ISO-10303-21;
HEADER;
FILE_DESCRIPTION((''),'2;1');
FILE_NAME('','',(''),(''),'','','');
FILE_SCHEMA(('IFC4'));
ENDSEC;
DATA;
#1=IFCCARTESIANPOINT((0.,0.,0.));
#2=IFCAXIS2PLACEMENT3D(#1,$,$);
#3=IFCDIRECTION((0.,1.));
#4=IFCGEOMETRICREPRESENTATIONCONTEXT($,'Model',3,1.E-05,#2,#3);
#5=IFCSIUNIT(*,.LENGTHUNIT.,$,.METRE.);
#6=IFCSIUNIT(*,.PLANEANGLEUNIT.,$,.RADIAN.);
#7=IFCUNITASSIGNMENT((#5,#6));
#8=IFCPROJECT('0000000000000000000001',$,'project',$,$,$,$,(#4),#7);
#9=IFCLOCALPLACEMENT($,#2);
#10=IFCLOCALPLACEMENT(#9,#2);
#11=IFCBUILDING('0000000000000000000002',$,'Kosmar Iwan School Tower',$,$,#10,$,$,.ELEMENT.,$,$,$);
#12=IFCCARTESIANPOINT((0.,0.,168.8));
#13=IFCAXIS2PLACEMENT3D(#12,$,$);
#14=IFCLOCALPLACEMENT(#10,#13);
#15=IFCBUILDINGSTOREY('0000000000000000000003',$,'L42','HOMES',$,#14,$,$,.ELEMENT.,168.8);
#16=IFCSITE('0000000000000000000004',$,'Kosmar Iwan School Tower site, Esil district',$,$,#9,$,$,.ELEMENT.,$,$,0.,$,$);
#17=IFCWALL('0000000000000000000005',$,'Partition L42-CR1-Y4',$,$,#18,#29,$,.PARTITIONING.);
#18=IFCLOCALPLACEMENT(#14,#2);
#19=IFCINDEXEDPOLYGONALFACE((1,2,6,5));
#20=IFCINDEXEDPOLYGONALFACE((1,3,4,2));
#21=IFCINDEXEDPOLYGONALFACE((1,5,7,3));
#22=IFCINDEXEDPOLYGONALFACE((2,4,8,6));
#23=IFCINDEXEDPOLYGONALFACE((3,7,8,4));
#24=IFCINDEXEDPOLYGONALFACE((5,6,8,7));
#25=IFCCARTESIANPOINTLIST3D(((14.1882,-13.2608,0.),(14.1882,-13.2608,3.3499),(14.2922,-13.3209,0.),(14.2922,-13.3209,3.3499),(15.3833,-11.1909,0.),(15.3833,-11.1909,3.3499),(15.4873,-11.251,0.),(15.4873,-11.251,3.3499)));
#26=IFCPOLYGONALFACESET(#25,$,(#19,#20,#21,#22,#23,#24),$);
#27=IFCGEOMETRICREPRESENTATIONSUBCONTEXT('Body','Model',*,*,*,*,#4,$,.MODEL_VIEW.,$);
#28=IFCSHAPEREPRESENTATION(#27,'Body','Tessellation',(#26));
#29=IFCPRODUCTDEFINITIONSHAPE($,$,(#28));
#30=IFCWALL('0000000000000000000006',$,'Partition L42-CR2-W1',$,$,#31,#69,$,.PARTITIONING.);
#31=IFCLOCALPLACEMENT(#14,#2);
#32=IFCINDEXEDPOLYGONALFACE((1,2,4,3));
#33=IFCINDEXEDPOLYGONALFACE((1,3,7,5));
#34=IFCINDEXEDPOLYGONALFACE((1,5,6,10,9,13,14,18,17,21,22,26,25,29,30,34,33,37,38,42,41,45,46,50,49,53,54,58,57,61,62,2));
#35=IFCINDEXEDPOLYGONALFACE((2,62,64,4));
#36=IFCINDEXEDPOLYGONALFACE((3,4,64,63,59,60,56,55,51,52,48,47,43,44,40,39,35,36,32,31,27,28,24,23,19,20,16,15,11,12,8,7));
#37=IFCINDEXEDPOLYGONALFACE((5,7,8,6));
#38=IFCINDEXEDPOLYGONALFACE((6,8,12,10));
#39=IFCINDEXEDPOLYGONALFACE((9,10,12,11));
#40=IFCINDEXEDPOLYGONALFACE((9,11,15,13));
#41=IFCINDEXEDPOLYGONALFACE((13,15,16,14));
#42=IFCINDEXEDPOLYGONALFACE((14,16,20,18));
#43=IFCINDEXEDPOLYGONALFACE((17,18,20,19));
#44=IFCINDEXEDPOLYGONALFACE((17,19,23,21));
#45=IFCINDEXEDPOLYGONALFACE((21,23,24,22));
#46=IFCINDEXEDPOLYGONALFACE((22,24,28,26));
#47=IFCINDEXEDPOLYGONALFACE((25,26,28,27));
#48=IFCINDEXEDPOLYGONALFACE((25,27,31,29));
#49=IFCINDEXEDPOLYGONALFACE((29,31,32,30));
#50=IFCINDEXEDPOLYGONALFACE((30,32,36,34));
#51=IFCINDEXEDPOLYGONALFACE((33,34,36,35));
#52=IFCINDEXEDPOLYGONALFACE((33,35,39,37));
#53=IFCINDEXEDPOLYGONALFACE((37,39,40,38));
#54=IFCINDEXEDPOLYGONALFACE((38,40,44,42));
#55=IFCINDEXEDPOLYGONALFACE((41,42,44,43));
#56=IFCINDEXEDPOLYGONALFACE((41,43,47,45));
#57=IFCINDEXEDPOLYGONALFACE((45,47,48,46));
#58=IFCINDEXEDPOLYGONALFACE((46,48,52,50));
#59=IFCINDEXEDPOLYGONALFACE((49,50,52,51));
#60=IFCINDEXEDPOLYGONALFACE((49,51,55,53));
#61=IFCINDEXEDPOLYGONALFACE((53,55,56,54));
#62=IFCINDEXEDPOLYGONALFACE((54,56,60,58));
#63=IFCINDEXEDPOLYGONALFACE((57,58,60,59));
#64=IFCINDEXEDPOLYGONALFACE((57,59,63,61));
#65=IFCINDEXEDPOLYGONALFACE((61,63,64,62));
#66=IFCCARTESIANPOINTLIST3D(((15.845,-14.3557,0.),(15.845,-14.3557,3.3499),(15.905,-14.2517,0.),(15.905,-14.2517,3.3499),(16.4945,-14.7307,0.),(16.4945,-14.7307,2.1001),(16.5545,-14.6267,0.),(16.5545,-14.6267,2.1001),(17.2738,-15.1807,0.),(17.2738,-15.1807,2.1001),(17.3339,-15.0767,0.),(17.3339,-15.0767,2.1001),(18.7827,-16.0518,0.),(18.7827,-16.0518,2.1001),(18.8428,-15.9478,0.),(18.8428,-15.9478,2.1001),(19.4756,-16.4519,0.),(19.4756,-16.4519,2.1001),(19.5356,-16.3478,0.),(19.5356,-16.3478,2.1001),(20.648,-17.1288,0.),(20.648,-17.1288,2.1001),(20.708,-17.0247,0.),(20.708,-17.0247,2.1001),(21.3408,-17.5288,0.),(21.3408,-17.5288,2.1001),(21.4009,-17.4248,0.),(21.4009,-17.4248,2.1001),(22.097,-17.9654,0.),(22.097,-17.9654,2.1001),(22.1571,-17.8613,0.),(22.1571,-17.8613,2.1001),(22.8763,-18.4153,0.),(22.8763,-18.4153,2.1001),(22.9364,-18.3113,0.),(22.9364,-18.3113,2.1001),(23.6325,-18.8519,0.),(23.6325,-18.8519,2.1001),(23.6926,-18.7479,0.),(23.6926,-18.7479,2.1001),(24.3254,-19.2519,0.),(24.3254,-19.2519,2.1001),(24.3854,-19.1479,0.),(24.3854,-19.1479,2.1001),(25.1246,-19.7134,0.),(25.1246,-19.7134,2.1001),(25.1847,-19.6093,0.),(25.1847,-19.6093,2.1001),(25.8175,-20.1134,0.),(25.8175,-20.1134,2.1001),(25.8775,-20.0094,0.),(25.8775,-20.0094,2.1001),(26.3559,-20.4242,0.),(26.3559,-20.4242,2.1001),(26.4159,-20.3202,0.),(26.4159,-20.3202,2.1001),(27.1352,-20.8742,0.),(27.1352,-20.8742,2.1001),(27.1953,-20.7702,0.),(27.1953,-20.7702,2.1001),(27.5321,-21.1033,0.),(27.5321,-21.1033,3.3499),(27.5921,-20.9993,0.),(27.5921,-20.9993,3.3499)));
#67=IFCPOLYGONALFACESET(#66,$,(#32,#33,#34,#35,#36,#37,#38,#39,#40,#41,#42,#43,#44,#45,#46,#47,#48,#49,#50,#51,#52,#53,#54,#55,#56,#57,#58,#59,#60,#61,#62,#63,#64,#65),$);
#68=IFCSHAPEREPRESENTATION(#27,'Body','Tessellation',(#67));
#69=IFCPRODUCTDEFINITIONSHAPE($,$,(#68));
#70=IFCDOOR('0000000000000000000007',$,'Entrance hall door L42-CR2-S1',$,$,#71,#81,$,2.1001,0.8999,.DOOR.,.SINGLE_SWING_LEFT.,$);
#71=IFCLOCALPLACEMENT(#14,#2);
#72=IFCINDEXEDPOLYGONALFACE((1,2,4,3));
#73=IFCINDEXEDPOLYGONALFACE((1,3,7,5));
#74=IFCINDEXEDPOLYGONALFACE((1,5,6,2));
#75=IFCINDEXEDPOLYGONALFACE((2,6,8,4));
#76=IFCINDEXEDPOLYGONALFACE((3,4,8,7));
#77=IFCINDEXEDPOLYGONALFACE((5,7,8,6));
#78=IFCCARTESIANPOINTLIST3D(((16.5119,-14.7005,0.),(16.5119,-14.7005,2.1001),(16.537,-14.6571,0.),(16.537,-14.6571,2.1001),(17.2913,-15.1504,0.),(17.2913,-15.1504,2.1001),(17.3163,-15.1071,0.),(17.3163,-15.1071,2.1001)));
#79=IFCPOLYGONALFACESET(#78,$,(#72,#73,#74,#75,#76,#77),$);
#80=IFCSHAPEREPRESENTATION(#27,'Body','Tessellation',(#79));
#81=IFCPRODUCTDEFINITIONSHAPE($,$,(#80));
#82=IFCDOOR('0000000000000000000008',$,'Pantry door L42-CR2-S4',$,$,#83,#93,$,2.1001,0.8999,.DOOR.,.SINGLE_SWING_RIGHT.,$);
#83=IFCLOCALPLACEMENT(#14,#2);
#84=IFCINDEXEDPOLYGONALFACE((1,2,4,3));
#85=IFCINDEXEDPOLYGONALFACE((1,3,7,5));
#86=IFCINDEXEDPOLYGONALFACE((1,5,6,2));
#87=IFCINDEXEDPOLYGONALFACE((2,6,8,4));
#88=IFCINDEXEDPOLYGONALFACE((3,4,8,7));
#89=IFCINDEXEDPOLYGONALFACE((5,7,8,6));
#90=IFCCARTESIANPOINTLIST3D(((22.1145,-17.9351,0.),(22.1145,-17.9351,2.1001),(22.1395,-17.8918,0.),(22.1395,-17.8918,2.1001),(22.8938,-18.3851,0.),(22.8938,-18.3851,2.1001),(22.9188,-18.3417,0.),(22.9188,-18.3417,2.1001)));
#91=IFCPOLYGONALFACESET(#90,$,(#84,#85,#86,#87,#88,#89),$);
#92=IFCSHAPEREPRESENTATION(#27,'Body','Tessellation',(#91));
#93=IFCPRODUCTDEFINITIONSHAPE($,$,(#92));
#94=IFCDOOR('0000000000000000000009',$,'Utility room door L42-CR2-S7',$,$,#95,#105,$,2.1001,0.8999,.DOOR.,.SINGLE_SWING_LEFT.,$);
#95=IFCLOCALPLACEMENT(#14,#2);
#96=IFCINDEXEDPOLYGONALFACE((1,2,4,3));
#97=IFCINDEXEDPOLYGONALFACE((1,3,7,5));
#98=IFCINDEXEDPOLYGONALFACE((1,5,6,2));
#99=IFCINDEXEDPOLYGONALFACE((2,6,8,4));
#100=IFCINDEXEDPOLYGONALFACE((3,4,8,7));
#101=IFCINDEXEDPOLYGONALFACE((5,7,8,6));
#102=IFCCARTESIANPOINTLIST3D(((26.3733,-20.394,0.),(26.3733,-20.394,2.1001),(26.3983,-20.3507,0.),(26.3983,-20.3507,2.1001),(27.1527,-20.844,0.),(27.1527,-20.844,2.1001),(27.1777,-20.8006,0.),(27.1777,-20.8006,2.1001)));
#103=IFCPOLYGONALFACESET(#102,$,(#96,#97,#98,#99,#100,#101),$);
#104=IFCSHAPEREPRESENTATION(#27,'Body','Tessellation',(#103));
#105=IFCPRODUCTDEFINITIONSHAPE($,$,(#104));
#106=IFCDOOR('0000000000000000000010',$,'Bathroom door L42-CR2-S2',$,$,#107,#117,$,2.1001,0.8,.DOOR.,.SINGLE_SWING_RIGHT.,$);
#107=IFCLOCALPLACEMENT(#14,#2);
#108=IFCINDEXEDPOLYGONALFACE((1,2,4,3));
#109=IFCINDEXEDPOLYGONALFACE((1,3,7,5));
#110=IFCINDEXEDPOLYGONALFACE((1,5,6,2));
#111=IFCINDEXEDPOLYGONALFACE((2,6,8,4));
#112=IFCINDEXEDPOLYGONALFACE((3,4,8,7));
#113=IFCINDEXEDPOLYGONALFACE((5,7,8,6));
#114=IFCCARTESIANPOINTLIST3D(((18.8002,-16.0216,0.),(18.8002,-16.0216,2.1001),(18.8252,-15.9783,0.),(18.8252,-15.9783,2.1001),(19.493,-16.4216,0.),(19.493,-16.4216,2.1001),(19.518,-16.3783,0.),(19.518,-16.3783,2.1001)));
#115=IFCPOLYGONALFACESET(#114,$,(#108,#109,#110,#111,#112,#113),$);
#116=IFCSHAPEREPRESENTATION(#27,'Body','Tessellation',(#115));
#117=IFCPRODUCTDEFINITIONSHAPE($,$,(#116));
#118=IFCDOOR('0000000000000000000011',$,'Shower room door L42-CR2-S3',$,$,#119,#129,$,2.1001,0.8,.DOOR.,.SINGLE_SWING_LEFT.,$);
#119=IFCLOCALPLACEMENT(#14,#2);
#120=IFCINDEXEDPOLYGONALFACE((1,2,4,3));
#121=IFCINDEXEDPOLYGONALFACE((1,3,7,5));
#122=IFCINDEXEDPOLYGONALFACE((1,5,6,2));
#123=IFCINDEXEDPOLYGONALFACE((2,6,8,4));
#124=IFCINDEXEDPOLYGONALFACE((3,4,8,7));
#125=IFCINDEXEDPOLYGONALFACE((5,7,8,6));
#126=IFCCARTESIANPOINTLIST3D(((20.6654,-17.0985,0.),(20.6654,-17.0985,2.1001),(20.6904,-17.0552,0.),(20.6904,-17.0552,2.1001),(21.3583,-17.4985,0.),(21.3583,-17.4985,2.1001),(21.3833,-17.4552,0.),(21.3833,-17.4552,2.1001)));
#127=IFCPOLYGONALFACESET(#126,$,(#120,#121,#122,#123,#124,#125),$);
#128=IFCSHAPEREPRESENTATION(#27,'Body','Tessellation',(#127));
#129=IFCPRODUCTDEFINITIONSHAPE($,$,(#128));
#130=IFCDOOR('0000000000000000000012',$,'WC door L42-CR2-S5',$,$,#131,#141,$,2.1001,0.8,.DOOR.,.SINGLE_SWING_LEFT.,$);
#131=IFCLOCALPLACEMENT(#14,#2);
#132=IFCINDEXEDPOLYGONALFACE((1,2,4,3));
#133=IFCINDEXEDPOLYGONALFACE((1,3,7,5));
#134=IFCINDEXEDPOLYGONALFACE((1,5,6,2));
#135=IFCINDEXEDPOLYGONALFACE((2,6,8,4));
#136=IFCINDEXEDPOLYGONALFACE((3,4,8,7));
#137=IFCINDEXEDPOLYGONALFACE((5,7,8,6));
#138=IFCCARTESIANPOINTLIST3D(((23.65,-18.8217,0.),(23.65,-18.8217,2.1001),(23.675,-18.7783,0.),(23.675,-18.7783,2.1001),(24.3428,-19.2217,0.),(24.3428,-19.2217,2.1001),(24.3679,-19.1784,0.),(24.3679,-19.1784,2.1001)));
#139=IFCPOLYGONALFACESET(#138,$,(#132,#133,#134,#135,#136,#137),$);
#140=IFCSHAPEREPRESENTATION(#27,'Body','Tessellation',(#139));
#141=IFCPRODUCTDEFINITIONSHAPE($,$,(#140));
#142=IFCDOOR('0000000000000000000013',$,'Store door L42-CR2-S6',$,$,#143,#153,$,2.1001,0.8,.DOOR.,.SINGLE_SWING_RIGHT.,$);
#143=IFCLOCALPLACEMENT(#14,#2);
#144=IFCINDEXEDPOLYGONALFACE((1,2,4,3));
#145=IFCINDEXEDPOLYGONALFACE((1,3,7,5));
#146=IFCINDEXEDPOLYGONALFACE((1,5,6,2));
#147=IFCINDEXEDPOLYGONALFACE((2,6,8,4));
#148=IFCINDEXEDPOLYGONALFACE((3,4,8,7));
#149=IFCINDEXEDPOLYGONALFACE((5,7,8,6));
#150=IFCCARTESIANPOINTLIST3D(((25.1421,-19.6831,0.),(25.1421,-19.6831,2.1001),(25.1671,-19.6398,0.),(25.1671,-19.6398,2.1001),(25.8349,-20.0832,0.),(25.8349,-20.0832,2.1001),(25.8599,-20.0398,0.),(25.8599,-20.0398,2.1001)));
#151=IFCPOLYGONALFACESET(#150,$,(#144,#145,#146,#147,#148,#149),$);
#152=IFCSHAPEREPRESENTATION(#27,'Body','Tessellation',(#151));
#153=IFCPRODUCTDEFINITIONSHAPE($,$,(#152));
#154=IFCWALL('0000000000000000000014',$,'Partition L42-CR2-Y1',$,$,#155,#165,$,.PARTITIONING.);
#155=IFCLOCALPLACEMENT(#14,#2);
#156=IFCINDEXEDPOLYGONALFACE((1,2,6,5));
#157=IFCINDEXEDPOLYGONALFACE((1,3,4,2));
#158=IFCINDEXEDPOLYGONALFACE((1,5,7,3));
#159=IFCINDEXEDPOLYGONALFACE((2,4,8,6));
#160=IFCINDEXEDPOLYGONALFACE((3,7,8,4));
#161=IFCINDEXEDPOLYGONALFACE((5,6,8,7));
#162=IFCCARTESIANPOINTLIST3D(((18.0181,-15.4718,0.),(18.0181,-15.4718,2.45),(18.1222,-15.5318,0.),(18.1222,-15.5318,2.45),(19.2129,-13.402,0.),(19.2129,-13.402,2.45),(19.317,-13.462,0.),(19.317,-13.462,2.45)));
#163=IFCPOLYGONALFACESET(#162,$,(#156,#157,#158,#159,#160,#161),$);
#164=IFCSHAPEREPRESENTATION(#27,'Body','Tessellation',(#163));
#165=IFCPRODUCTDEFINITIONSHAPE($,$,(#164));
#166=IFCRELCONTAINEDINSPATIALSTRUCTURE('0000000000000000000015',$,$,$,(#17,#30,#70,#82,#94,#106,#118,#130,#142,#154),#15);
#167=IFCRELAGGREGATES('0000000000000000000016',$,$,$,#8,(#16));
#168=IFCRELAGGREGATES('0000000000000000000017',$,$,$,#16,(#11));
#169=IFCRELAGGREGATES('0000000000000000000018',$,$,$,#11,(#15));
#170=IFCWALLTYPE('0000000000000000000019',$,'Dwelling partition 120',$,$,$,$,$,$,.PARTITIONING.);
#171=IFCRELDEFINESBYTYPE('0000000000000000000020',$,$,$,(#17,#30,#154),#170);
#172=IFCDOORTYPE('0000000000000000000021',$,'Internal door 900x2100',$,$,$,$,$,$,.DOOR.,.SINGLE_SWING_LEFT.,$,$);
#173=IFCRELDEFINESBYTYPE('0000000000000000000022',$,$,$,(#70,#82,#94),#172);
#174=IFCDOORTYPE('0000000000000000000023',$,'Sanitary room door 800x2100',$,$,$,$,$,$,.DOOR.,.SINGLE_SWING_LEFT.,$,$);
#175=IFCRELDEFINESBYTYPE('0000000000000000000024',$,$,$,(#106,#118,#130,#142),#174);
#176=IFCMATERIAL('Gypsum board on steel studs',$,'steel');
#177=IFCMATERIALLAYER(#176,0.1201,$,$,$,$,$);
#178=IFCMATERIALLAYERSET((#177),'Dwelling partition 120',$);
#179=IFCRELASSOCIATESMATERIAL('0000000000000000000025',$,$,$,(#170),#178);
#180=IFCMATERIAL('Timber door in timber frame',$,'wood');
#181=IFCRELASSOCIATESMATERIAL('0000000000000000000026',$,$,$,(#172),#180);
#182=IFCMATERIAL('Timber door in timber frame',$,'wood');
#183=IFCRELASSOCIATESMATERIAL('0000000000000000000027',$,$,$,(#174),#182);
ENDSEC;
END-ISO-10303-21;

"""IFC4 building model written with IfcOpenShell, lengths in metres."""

from ifc_helpers import new_model, si_unit, direction, frame, frame_2d, origin, place, context, subcontext, project, spatial, rectangle, extrude, material, layer, layer_set, type_object, element, fill, save


model = new_model("IFC4")

# Units and contexts
model_context = context("Model", 3, precision=1e-05, world=origin(), true_north=direction((0.0, 1.0)))
body_context = subcontext(model_context, "Body", "Model", "MODEL_VIEW")
ifc_project = project(units=[si_unit("LENGTHUNIT", "METRE"), si_unit("PLANEANGLEUNIT", "RADIAN")], contexts=[model_context])

# Site, building, storey
site_placement = place(None, origin())
site = spatial("IfcSite", under=ifc_project, at=site_placement, Name="Kosmar Iwan School Tower site, Esil district", CompositionType="ELEMENT", RefElevation=0.0)
building_placement = place(site_placement, origin())
building = spatial("IfcBuilding", under=site, at=building_placement, Name="Kosmar Iwan School Tower", CompositionType="ELEMENT")
storey_placement = place(building_placement, frame((0.0, 0.0, 168.8)))
storey = spatial("IfcBuildingStorey", under=building, at=storey_placement, Name="L42", Description="HOMES", CompositionType="ELEMENT", Elevation=168.8)

# Shared definitions
ifc_material_1 = material(Name="Gypsum board on steel studs", Category="steel")
ifc_layer_1 = layer(ifc_material_1, 0.1201)
ifc_layer_set_1 = layer_set([ifc_layer_1], Name="Dwelling partition 120")
wall_type_1 = type_object("IfcWallType", Name="Dwelling partition 120", PredefinedType="PARTITIONING", material=ifc_layer_set_1)

# Shared definitions
ifc_material_2 = material(Name="Timber door in timber frame", Category="wood")
door_type_1 = type_object("IfcDoorType", Name="Internal door 900x2100", OperationType="SINGLE_SWING_LEFT", PredefinedType="DOOR", material=ifc_material_2)

# Wall
wall_1_placement = place(storey_placement, frame((15.4353, -11.2209, 0.0), z_axis=(0.0, 0.0, 1.0), x_axis=(-0.500017, -0.866015, 0.0)))
element("IfcWall", 1, at=wall_1_placement, inside=storey, type_object=wall_type_1, Name="Partition L42-CR1-Y4", PredefinedType="PARTITIONING", context=body_context, shape_type="SweptSolid", body=[
    extrude(rectangle(XDim=2.3901, YDim=0.1201, at=frame_2d((1.1951, 0.0))), origin(), (0.0, 0.0, 1.0), 3.3499),
])

# Wall, openings, doors
wall_2_placement = place(storey_placement, frame((15.875, -14.3037, 0.0), z_axis=(0.0, 0.0, 1.0), x_axis=(0.866024, -0.500003, 0.0)))
wall_2 = element("IfcWall", 2, at=wall_2_placement, inside=storey, type_object=wall_type_1, Name="Partition L42-CR2-W1", PredefinedType="PARTITIONING", context=body_context, shape_type="SweptSolid", body=[
    extrude(rectangle(XDim=13.4951, YDim=0.1201, at=frame_2d((6.7476, 0.0))), origin(), (0.0, 0.0, 1.0), 3.3499),
])
opening_1_placement = place(wall_2_placement, frame((0.75, 0.0, 0.0)))
opening_1 = element("IfcOpeningElement", 3, at=opening_1_placement, cuts=wall_2, PredefinedType="OPENING", context=body_context, shape_type="SweptSolid", body=[
    extrude(rectangle(XDim=0.8999, YDim=2.1001, at=frame_2d((0.45, 1.05))), frame((0.0, 0.072, 0.0), z_axis=(0.0, -1.0, 0.0), x_axis=(1.0, 0.0, 0.0)), (0.0, 0.0, 1.0), 0.144),
])
opening_2_placement = place(wall_2_placement, frame((3.3923, 0.0, 0.0)))
opening_2 = element("IfcOpeningElement", 4, at=opening_2_placement, cuts=wall_2, PredefinedType="OPENING", context=body_context, shape_type="SweptSolid", body=[
    extrude(rectangle(XDim=0.8, YDim=2.1001, at=frame_2d((0.3999, 1.05))), frame((0.0, 0.072, 0.0), z_axis=(0.0, -1.0, 0.0), x_axis=(1.0, 0.0, 0.0)), (0.0, 0.0, 1.0), 0.144),
])
opening_3_placement = place(wall_2_placement, frame((5.5461, 0.0, 0.0)))
opening_3 = element("IfcOpeningElement", 5, at=opening_3_placement, cuts=wall_2, PredefinedType="OPENING", context=body_context, shape_type="SweptSolid", body=[
    extrude(rectangle(XDim=0.8, YDim=2.1001, at=frame_2d((0.3999, 1.05))), frame((0.0, 0.072, 0.0), z_axis=(0.0, -1.0, 0.0), x_axis=(1.0, 0.0, 0.0)), (0.0, 0.0, 1.0), 0.144),
])
opening_4_placement = place(wall_2_placement, frame((7.2192, 0.0, 0.0)))
opening_4 = element("IfcOpeningElement", 6, at=opening_4_placement, cuts=wall_2, PredefinedType="OPENING", context=body_context, shape_type="SweptSolid", body=[
    extrude(rectangle(XDim=0.8999, YDim=2.1001, at=frame_2d((0.45, 1.05))), frame((0.0, 0.072, 0.0), z_axis=(0.0, -1.0, 0.0), x_axis=(1.0, 0.0, 0.0)), (0.0, 0.0, 1.0), 0.144),
])
opening_5_placement = place(wall_2_placement, frame((8.9924, 0.0, 0.0)))
opening_5 = element("IfcOpeningElement", 7, at=opening_5_placement, cuts=wall_2, PredefinedType="OPENING", context=body_context, shape_type="SweptSolid", body=[
    extrude(rectangle(XDim=0.8, YDim=2.1001, at=frame_2d((0.3999, 1.05))), frame((0.0, 0.072, 0.0), z_axis=(0.0, -1.0, 0.0), x_axis=(1.0, 0.0, 0.0)), (0.0, 0.0, 1.0), 0.144),
])
opening_6_placement = place(wall_2_placement, frame((10.7153, 0.0, 0.0)))
opening_6 = element("IfcOpeningElement", 8, at=opening_6_placement, cuts=wall_2, PredefinedType="OPENING", context=body_context, shape_type="SweptSolid", body=[
    extrude(rectangle(XDim=0.8, YDim=2.1001, at=frame_2d((0.3999, 1.05))), frame((0.0, 0.072, 0.0), z_axis=(0.0, -1.0, 0.0), x_axis=(1.0, 0.0, 0.0)), (0.0, 0.0, 1.0), 0.144),
])
opening_7_placement = place(wall_2_placement, frame((12.137, 0.0, 0.0)))
opening_7 = element("IfcOpeningElement", 9, at=opening_7_placement, cuts=wall_2, PredefinedType="OPENING", context=body_context, shape_type="SweptSolid", body=[
    extrude(rectangle(XDim=0.8999, YDim=2.1001, at=frame_2d((0.45, 1.05))), frame((0.0, 0.072, 0.0), z_axis=(0.0, -1.0, 0.0), x_axis=(1.0, 0.0, 0.0)), (0.0, 0.0, 1.0), 0.144),
])
door_1_placement = place(opening_1_placement, origin())
door_1 = element("IfcDoor", 10, at=door_1_placement, inside=storey, type_object=door_type_1, Name="Entrance hall door L42-CR2-S1", OperationType="SINGLE_SWING_LEFT", OverallHeight=2.1001, OverallWidth=0.8999, PredefinedType="DOOR", context=body_context, shape_type="SweptSolid", body=[
    extrude(rectangle(XDim=0.8999, YDim=2.1001, at=frame_2d((0.45, 1.05))), frame((0.0, 0.0249, 0.0), z_axis=(0.0, -1.0, 0.0), x_axis=(1.0, 0.0, 0.0)), (0.0, 0.0, 1.0), 0.05),
])
fill(opening_1, door_1)
door_2_placement = place(opening_4_placement, origin())
door_2 = element("IfcDoor", 11, at=door_2_placement, inside=storey, type_object=door_type_1, Name="Pantry door L42-CR2-S4", OperationType="SINGLE_SWING_RIGHT", OverallHeight=2.1001, OverallWidth=0.8999, PredefinedType="DOOR", context=body_context, shape_type="SweptSolid", body=[
    extrude(rectangle(XDim=0.8999, YDim=2.1001, at=frame_2d((0.45, 1.05))), frame((0.0, 0.0249, 0.0), z_axis=(0.0, -1.0, 0.0), x_axis=(1.0, 0.0, 0.0)), (0.0, 0.0, 1.0), 0.05),
])
fill(opening_4, door_2)
door_3_placement = place(opening_7_placement, origin())
door_3 = element("IfcDoor", 12, at=door_3_placement, inside=storey, type_object=door_type_1, Name="Utility room door L42-CR2-S7", OperationType="SINGLE_SWING_LEFT", OverallHeight=2.1001, OverallWidth=0.8999, PredefinedType="DOOR", context=body_context, shape_type="SweptSolid", body=[
    extrude(rectangle(XDim=0.8999, YDim=2.1001, at=frame_2d((0.45, 1.05))), frame((0.0, 0.0249, 0.0), z_axis=(0.0, -1.0, 0.0), x_axis=(1.0, 0.0, 0.0)), (0.0, 0.0, 1.0), 0.05),
])
fill(opening_7, door_3)
ifc_material_3 = material(Name="Timber door in timber frame", Category="wood")
door_type_2 = type_object("IfcDoorType", Name="Sanitary room door 800x2100", OperationType="SINGLE_SWING_LEFT", PredefinedType="DOOR", material=ifc_material_3)
door_4_placement = place(opening_2_placement, origin())
door_4 = element("IfcDoor", 13, at=door_4_placement, inside=storey, type_object=door_type_2, Name="Bathroom door L42-CR2-S2", OperationType="SINGLE_SWING_RIGHT", OverallHeight=2.1001, OverallWidth=0.8, PredefinedType="DOOR", context=body_context, shape_type="SweptSolid", body=[
    extrude(rectangle(XDim=0.8, YDim=2.1001, at=frame_2d((0.3999, 1.05))), frame((0.0, 0.0249, 0.0), z_axis=(0.0, -1.0, 0.0), x_axis=(1.0, 0.0, 0.0)), (0.0, 0.0, 1.0), 0.05),
])
fill(opening_2, door_4)
door_5_placement = place(opening_3_placement, origin())
door_5 = element("IfcDoor", 14, at=door_5_placement, inside=storey, type_object=door_type_2, Name="Shower room door L42-CR2-S3", OperationType="SINGLE_SWING_LEFT", OverallHeight=2.1001, OverallWidth=0.8, PredefinedType="DOOR", context=body_context, shape_type="SweptSolid", body=[
    extrude(rectangle(XDim=0.8, YDim=2.1001, at=frame_2d((0.3999, 1.05))), frame((0.0, 0.0249, 0.0), z_axis=(0.0, -1.0, 0.0), x_axis=(1.0, 0.0, 0.0)), (0.0, 0.0, 1.0), 0.05),
])
fill(opening_3, door_5)
door_6_placement = place(opening_5_placement, origin())
door_6 = element("IfcDoor", 15, at=door_6_placement, inside=storey, type_object=door_type_2, Name="WC door L42-CR2-S5", OperationType="SINGLE_SWING_LEFT", OverallHeight=2.1001, OverallWidth=0.8, PredefinedType="DOOR", context=body_context, shape_type="SweptSolid", body=[
    extrude(rectangle(XDim=0.8, YDim=2.1001, at=frame_2d((0.3999, 1.05))), frame((0.0, 0.0249, 0.0), z_axis=(0.0, -1.0, 0.0), x_axis=(1.0, 0.0, 0.0)), (0.0, 0.0, 1.0), 0.05),
])
fill(opening_5, door_6)
door_7_placement = place(opening_6_placement, origin())
door_7 = element("IfcDoor", 16, at=door_7_placement, inside=storey, type_object=door_type_2, Name="Store door L42-CR2-S6", OperationType="SINGLE_SWING_RIGHT", OverallHeight=2.1001, OverallWidth=0.8, PredefinedType="DOOR", context=body_context, shape_type="SweptSolid", body=[
    extrude(rectangle(XDim=0.8, YDim=2.1001, at=frame_2d((0.3999, 1.05))), frame((0.0, 0.0249, 0.0), z_axis=(0.0, -1.0, 0.0), x_axis=(1.0, 0.0, 0.0)), (0.0, 0.0, 1.0), 0.05),
])
fill(opening_6, door_7)

# Wall
wall_3_placement = place(storey_placement, frame((19.2649, -13.4321, 0.0), z_axis=(0.0, 0.0, 1.0), x_axis=(-0.499941, -0.86606, 0.0)))
element("IfcWall", 17, at=wall_3_placement, inside=storey, type_object=wall_type_1, Name="Partition L42-CR2-Y1", PredefinedType="PARTITIONING", context=body_context, shape_type="SweptSolid", body=[
    extrude(rectangle(XDim=2.3899, YDim=0.1201, at=frame_2d((1.1948, 0.0))), origin(), (0.0, 0.0, 1.0), 2.45),
])

save(model, "model.ifc")
